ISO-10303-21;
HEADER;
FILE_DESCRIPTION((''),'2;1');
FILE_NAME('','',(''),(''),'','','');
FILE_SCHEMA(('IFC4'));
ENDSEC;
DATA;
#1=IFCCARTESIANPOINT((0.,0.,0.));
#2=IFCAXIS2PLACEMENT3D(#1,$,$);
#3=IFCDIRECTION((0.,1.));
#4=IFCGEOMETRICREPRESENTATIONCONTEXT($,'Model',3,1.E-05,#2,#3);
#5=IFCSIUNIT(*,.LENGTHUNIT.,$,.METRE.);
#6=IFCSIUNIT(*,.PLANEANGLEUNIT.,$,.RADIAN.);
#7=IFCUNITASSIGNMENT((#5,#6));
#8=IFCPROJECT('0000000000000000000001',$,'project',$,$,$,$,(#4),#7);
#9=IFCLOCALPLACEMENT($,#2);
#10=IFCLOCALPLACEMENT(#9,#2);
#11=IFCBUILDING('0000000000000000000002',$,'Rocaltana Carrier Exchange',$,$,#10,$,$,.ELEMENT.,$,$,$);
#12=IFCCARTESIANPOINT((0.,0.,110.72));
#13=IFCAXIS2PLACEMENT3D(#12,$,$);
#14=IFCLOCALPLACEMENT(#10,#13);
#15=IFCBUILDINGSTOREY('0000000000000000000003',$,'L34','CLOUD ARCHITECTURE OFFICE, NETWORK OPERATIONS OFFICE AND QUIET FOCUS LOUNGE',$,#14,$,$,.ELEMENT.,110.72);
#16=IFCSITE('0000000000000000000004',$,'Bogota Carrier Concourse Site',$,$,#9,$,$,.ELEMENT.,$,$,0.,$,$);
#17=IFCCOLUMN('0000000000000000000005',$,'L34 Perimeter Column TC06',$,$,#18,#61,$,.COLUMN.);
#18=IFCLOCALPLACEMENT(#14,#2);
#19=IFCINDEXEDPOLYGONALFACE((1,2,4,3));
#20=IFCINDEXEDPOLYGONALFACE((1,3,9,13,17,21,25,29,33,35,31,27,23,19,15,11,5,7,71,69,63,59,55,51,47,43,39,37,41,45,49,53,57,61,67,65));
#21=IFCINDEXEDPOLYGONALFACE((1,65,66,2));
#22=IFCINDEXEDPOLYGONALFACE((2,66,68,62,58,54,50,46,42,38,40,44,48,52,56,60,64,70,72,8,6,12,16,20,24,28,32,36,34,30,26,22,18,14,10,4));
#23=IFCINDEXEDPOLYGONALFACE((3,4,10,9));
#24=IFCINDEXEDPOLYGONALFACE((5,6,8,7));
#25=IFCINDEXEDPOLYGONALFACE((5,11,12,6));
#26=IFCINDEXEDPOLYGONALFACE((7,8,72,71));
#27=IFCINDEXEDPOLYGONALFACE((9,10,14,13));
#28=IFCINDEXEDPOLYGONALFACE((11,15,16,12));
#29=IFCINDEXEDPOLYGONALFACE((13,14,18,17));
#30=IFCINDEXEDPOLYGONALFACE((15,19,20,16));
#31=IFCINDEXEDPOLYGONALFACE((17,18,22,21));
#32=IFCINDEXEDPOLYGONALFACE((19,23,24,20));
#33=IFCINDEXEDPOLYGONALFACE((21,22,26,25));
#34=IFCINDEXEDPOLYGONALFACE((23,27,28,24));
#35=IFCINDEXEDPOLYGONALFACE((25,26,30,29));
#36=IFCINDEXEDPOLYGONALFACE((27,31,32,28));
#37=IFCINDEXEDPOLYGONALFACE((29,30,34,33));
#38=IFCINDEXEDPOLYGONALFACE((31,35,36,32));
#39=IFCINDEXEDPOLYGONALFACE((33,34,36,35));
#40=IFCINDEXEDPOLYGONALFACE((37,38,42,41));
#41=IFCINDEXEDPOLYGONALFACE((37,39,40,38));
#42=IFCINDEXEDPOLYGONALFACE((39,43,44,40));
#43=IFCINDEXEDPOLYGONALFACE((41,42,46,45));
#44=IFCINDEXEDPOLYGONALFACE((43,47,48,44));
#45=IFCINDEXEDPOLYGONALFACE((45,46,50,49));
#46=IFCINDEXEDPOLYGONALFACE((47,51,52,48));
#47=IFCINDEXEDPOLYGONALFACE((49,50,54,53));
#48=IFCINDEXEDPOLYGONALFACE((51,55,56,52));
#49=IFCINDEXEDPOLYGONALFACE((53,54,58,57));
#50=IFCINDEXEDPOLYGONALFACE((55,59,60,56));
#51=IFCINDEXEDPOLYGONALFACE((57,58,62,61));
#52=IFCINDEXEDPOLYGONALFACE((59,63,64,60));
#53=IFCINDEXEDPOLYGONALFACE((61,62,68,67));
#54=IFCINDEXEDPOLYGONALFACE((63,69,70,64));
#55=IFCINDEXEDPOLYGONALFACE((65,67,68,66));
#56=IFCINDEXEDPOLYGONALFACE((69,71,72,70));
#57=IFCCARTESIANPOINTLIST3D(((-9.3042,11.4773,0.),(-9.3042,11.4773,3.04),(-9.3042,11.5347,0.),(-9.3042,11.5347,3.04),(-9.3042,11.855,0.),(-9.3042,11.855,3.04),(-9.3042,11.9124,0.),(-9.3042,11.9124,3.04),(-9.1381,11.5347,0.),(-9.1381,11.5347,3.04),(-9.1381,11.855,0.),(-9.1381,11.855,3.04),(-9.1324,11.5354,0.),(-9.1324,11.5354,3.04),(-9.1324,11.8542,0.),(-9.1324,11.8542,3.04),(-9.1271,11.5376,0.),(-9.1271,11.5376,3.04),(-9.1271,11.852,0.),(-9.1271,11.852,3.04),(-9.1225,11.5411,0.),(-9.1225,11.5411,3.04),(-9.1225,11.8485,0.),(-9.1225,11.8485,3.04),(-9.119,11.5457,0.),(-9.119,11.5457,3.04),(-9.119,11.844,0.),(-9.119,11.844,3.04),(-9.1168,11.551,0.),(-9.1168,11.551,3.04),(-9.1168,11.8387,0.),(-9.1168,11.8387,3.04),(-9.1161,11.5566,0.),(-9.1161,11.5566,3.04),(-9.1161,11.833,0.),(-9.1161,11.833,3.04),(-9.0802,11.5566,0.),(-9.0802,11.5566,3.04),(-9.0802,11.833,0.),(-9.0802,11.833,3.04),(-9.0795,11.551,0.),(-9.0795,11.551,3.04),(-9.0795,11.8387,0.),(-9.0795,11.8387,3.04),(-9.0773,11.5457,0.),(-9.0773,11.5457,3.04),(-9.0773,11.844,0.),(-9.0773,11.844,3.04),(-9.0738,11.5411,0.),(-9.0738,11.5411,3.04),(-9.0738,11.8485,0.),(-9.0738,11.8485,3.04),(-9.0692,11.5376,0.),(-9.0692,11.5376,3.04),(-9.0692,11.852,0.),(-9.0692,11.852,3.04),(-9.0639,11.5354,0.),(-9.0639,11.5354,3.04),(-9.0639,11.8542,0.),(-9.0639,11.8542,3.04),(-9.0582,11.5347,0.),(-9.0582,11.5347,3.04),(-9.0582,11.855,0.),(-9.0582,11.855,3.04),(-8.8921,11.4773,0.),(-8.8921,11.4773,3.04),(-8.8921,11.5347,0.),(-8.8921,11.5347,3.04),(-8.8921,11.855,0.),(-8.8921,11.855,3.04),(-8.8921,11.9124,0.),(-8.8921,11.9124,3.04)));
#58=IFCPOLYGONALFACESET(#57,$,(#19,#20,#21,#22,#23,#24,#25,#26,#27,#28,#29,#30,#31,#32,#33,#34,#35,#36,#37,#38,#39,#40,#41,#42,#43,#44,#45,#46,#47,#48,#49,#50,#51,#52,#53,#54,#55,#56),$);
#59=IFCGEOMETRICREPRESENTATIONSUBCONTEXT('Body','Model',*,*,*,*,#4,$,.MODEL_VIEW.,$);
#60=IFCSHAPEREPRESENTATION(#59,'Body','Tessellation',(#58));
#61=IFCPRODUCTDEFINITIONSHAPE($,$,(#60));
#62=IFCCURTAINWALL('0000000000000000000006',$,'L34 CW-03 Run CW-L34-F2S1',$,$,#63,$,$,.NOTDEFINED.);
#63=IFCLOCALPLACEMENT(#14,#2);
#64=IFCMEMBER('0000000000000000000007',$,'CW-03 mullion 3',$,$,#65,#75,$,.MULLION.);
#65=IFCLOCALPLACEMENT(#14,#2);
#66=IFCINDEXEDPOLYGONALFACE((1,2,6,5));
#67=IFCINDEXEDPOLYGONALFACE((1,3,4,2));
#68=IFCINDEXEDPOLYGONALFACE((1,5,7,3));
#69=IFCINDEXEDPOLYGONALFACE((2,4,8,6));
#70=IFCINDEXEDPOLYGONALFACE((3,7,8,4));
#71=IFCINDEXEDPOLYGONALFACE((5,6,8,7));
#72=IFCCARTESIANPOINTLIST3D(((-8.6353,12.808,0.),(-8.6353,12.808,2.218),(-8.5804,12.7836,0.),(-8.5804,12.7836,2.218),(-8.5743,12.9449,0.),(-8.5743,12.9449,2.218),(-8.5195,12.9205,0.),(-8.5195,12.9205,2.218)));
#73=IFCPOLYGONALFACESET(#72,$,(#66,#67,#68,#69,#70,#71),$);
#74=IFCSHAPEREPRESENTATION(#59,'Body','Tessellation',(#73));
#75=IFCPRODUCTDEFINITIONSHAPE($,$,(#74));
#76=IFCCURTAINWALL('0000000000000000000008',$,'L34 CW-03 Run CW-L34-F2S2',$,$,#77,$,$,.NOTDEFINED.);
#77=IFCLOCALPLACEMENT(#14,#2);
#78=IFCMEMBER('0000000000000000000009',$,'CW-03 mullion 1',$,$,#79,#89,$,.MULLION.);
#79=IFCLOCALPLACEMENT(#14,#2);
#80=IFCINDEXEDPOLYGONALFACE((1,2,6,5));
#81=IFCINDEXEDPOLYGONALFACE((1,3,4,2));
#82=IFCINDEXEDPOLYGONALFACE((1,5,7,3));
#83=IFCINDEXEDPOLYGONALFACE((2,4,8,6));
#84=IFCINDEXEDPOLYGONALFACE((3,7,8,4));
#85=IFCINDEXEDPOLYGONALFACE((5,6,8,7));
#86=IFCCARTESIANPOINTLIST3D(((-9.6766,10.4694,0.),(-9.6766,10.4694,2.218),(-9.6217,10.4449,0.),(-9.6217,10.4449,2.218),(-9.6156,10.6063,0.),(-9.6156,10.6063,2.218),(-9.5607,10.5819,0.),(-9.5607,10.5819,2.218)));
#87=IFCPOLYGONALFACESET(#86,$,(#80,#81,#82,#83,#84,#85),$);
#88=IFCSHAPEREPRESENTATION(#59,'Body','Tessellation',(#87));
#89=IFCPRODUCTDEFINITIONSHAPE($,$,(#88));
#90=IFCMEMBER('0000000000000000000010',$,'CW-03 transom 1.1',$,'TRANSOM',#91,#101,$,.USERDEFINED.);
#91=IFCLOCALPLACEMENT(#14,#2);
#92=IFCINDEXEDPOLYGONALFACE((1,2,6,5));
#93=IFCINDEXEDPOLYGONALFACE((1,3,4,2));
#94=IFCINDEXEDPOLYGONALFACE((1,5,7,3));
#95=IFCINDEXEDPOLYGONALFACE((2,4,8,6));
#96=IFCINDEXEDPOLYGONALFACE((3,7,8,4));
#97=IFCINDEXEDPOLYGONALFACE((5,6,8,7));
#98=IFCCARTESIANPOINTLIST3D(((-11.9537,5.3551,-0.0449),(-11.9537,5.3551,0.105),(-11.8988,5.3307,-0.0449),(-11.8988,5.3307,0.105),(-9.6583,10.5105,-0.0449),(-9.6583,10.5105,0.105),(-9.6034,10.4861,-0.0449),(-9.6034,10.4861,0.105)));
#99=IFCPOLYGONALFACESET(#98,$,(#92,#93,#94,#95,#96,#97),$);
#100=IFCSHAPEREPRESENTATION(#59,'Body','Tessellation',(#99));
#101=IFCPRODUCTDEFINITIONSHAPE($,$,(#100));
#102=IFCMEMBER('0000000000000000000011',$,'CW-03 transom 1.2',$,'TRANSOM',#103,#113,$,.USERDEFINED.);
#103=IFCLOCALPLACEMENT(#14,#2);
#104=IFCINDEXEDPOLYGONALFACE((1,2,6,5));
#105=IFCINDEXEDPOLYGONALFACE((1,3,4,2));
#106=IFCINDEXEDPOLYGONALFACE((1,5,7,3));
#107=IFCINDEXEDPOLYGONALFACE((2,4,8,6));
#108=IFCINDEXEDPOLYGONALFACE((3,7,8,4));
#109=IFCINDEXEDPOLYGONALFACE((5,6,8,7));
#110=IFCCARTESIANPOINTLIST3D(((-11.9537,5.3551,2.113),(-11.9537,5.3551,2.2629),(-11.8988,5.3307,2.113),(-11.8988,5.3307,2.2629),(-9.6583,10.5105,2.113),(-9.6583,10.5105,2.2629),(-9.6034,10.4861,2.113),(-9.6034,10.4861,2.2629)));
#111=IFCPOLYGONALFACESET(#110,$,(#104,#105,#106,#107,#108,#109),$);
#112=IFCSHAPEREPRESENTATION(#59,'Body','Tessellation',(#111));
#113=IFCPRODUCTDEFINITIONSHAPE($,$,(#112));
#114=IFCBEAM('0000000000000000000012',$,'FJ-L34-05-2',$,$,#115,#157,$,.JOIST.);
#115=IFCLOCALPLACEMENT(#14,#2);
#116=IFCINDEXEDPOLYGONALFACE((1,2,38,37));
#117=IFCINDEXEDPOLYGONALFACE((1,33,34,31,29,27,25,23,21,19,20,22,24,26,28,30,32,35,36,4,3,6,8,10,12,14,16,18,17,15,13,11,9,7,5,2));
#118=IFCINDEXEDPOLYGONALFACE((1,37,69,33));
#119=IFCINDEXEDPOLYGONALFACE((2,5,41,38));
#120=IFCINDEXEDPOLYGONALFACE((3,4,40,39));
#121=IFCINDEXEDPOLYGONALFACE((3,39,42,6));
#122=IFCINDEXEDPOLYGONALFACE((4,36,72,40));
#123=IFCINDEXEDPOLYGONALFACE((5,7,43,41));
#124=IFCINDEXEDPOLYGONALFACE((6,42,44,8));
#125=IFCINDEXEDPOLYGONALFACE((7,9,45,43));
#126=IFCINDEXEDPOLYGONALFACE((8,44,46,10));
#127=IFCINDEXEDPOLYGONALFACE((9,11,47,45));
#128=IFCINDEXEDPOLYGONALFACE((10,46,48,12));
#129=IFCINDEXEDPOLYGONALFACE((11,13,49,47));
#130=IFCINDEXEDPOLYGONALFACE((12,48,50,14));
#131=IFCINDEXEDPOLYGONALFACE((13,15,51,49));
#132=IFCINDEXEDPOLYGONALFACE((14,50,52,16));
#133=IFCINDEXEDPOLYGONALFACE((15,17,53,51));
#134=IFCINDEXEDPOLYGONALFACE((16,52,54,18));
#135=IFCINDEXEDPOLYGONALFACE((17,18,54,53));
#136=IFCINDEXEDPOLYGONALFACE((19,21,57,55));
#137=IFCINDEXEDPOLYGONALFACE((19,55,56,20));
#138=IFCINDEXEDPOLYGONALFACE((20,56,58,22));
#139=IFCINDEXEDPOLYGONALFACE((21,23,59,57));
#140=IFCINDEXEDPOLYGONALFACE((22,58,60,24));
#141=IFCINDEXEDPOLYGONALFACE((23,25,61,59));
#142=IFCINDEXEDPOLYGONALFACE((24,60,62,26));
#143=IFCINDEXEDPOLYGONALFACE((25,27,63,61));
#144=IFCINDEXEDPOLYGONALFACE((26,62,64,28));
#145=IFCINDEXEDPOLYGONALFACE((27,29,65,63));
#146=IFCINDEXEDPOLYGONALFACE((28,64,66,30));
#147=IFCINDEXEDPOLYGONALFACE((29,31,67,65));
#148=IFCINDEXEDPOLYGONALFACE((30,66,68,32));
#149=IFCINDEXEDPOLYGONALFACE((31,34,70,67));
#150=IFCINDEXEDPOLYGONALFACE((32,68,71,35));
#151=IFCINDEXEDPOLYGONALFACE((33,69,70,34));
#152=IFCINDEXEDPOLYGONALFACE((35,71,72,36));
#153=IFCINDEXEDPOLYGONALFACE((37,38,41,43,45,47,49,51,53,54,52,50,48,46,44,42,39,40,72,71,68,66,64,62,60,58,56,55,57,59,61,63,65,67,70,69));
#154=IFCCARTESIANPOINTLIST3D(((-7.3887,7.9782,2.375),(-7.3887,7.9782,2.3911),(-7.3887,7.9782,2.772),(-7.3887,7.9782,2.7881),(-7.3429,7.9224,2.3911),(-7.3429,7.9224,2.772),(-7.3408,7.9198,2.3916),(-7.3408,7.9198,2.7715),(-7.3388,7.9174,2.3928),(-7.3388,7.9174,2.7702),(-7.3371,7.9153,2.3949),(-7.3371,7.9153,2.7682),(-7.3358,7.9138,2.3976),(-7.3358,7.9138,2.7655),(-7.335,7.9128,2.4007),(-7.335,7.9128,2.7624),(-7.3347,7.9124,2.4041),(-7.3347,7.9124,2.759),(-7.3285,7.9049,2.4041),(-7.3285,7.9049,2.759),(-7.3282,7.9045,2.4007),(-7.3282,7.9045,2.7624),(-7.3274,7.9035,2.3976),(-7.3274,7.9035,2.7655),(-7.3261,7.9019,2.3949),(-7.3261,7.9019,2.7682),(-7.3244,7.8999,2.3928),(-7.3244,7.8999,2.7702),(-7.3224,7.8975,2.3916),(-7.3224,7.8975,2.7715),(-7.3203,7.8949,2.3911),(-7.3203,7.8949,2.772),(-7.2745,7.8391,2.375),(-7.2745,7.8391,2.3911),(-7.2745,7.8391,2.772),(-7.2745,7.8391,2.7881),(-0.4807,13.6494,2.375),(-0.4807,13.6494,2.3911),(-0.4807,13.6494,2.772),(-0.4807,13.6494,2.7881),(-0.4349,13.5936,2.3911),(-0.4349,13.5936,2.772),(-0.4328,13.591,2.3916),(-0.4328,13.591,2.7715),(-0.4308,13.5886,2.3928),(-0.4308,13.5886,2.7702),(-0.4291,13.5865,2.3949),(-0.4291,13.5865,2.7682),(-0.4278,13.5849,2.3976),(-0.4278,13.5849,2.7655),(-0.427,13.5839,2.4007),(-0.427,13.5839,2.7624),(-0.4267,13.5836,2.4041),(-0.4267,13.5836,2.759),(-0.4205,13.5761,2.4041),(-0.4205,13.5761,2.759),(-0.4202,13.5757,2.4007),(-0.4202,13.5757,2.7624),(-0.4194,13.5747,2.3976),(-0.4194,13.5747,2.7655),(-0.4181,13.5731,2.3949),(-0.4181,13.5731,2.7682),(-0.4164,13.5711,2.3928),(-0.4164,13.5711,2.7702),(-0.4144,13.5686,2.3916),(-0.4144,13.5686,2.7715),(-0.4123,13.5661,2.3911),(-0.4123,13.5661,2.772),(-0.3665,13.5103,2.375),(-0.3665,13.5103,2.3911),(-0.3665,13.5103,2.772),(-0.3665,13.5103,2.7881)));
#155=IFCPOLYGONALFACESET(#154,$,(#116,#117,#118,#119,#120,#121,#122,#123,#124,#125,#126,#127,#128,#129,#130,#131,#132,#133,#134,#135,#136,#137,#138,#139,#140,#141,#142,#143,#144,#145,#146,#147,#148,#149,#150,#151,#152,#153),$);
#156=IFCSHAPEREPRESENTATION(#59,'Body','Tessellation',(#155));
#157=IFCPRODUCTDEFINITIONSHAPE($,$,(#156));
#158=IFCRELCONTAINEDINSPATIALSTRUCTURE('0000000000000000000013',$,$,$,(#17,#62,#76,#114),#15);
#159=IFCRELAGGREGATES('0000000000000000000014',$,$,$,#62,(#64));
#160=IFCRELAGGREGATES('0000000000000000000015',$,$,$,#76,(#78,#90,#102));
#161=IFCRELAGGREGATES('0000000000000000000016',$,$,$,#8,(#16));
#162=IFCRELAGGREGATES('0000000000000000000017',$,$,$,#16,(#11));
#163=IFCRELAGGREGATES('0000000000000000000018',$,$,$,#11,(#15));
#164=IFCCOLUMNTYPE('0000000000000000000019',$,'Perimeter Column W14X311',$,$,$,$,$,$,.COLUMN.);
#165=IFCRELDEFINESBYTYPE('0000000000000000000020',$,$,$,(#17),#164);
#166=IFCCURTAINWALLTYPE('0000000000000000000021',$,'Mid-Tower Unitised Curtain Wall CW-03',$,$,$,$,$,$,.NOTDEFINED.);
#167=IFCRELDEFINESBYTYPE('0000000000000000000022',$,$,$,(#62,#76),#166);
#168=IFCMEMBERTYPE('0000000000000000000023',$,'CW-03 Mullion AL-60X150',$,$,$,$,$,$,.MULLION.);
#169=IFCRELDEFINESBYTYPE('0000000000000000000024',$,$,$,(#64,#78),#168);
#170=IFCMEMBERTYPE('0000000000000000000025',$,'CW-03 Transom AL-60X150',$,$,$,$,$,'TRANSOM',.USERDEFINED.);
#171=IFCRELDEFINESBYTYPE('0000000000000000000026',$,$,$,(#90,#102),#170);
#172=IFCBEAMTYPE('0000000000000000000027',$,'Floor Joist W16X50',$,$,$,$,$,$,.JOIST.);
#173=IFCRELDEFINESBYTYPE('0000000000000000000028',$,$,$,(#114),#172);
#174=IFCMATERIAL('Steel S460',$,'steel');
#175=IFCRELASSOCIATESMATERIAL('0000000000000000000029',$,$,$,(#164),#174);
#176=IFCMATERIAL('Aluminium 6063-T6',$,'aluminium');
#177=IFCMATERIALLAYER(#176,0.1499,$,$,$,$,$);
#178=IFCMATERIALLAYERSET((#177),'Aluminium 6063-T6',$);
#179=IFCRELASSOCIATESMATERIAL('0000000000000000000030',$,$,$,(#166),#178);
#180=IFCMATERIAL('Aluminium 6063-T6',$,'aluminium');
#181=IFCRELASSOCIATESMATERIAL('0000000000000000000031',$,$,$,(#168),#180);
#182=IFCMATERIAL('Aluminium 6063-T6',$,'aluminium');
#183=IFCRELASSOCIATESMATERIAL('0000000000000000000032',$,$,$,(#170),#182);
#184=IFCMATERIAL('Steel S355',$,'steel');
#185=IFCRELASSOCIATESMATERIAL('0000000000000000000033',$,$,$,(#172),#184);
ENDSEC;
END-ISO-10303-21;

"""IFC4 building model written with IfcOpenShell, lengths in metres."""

from ifc_helpers import new_model, si_unit, direction, frame, origin, origin_2d, place, context, subcontext, project, spatial, rectangle, i_section, extrude, material, layer, layer_set, material_profile, profile_set, type_object, element, aggregate, save


model = new_model("IFC4")

# Units and contexts
model_context = context("Model", 3, precision=1e-05, world=origin(), true_north=direction((0.0, 1.0)))
body_context = subcontext(model_context, "Body", "Model", "MODEL_VIEW")
ifc_project = project(units=[si_unit("LENGTHUNIT", "METRE"), si_unit("PLANEANGLEUNIT", "RADIAN")], contexts=[model_context])

# Site, building, storey
site_placement = place(None, origin())
site = spatial("IfcSite", under=ifc_project, at=site_placement, Name="Bogota Carrier Concourse Site", CompositionType="ELEMENT", RefElevation=0.0)
building_placement = place(site_placement, origin())
building = spatial("IfcBuilding", under=site, at=building_placement, Name="Rocaltana Carrier Exchange", CompositionType="ELEMENT")
storey_placement = place(building_placement, frame((0.0, 0.0, 110.72)))
storey = spatial("IfcBuildingStorey", under=building, at=storey_placement, Name="L34", Description="CLOUD ARCHITECTURE OFFICE, NETWORK OPERATIONS OFFICE AND QUIET FOCUS LOUNGE", CompositionType="ELEMENT", Elevation=110.72)

# Column
ifc_material_1 = material(Name="Steel S460", Category="steel")
ifc_material_profile_1 = material_profile(ifc_material_1, i_section(OverallWidth=0.4121, OverallDepth=0.4351, WebThickness=0.0359, FlangeThickness=0.0574, FilletRadius=0.022, at=origin_2d()), Name="W14X311")
ifc_profile_set_1 = profile_set([ifc_material_profile_1], Name="Steel S460")
column_type = type_object("IfcColumnType", Name="Perimeter Column W14X311", PredefinedType="COLUMN", material=ifc_profile_set_1)
column_placement = place(storey_placement, frame((-9.0981, 11.6948, 0.0), z_axis=(0.0, 0.0, 1.0), x_axis=(1.0, 0.0, 0.0)))
element("IfcColumn", 1, at=column_placement, inside=storey, type_object=column_type, Name="L34 Perimeter Column TC06", PredefinedType="COLUMN", context=body_context, shape_type="SweptSolid", body=[
    extrude(i_section(OverallWidth=0.4121, OverallDepth=0.4351, WebThickness=0.0359, FlangeThickness=0.0574, FilletRadius=0.022, at=origin_2d()), origin(), (0.0, 0.0, 1.0), 3.04),
])

# Curtain wall, member
ifc_material_2 = material(Name="Aluminium 6063-T6", Category="aluminium")
ifc_layer_1 = layer(ifc_material_2, 0.1499)
ifc_layer_set_1 = layer_set([ifc_layer_1], Name="Aluminium 6063-T6")
curtain_wall_type = type_object("IfcCurtainWallType", Name="Mid-Tower Unitised Curtain Wall CW-03", PredefinedType="NOTDEFINED", material=ifc_layer_set_1)
curtain_wall_1_placement = place(storey_placement, origin())
curtain_wall_1 = element("IfcCurtainWall", 2, at=curtain_wall_1_placement, inside=storey, type_object=curtain_wall_type, Name="L34 CW-03 Run CW-L34-F2S1", PredefinedType="NOTDEFINED")
ifc_material_3 = material(Name="Aluminium 6063-T6", Category="aluminium")
ifc_material_profile_2 = material_profile(ifc_material_3, rectangle(XDim=0.0601, YDim=0.1499, at=origin_2d()), Name="AL-60X150")
ifc_profile_set_2 = profile_set([ifc_material_profile_2], Name="Aluminium 6063-T6")
member_type_1 = type_object("IfcMemberType", Name="CW-03 Mullion AL-60X150", PredefinedType="MULLION", material=ifc_profile_set_2)
member_1_placement = place(storey_placement, frame((-8.5774, 12.8643, 0.0), z_axis=(0.0, 0.0, 1.0), x_axis=(0.913544, -0.40674, 0.0)))
member_1 = element("IfcMember", 3, at=member_1_placement, type_object=member_type_1, Name="CW-03 mullion 3", PredefinedType="MULLION", context=body_context, shape_type="SweptSolid", body=[
    extrude(rectangle(XDim=0.0601, YDim=0.1499, at=origin_2d()), origin(), (0.0, 0.0, 1.0), 2.218),
])
aggregate(curtain_wall_1, [member_1])

# Curtain wall, members
curtain_wall_2_placement = place(storey_placement, origin())
curtain_wall_2 = element("IfcCurtainWall", 4, at=curtain_wall_2_placement, inside=storey, type_object=curtain_wall_type, Name="L34 CW-03 Run CW-L34-F2S2", PredefinedType="NOTDEFINED")
member_2_placement = place(storey_placement, frame((-9.6187, 10.5256, 0.0), z_axis=(0.0, 0.0, 1.0), x_axis=(0.913542, -0.406744, 0.0)))
member_2 = element("IfcMember", 5, at=member_2_placement, type_object=member_type_1, Name="CW-03 mullion 1", PredefinedType="MULLION", context=body_context, shape_type="SweptSolid", body=[
    extrude(rectangle(XDim=0.0601, YDim=0.1499, at=origin_2d()), origin(), (0.0, 0.0, 1.0), 2.218),
])
ifc_material_4 = material(Name="Aluminium 6063-T6", Category="aluminium")
ifc_material_profile_3 = material_profile(ifc_material_4, rectangle(XDim=0.0601, YDim=0.1499, at=origin_2d()), Name="AL-60X150")
ifc_profile_set_3 = profile_set([ifc_material_profile_3], Name="Aluminium 6063-T6")
member_type_2 = type_object("IfcMemberType", Name="CW-03 Transom AL-60X150", ElementType="TRANSOM", PredefinedType="USERDEFINED", material=ifc_profile_set_3)
member_3_placement = place(storey_placement, frame((-9.6309, 10.4983, 0.03), z_axis=(-0.40674, -0.913544, 0.0), x_axis=(0.913544, -0.40674, 0.0)))
member_3 = element("IfcMember", 6, at=member_3_placement, type_object=member_type_2, Name="CW-03 transom 1.1", ObjectType="TRANSOM", PredefinedType="USERDEFINED", context=body_context, shape_type="SweptSolid", body=[
    extrude(rectangle(XDim=0.0601, YDim=0.1499, at=origin_2d()), origin(), (0.0, 0.0, 1.0), 5.6433),
])
member_4_placement = place(storey_placement, frame((-9.6309, 10.4983, 2.188), z_axis=(-0.40674, -0.913544, 0.0), x_axis=(0.913544, -0.40674, 0.0)))
member_4 = element("IfcMember", 7, at=member_4_placement, type_object=member_type_2, Name="CW-03 transom 1.2", ObjectType="TRANSOM", PredefinedType="USERDEFINED", context=body_context, shape_type="SweptSolid", body=[
    extrude(rectangle(XDim=0.0601, YDim=0.1499, at=origin_2d()), origin(), (0.0, 0.0, 1.0), 5.6433),
])

# Beam
ifc_material_5 = material(Name="Steel S355", Category="steel")
ifc_material_profile_4 = material_profile(ifc_material_5, i_section(OverallWidth=0.1799, OverallDepth=0.4131, WebThickness=0.0098, FlangeThickness=0.0161, FilletRadius=0.0129, at=origin_2d()), Name="W16X50")
ifc_profile_set_4 = profile_set([ifc_material_profile_4], Name="Steel S355")
beam_type_1 = type_object("IfcBeamType", Name="Floor Joist W16X50", PredefinedType="JOIST", material=ifc_profile_set_4)
beam_1_placement = place(storey_placement, frame((-0.4236, 13.5798, 2.5815), z_axis=(-0.772905, -0.634522, 0.0), x_axis=(0.634522, -0.772905, 0.0)))
element("IfcBeam", 8, at=beam_1_placement, inside=storey, type_object=beam_type_1, Name="FJ-L34-05-2", PredefinedType="JOIST", context=body_context, shape_type="SweptSolid", body=[
    extrude(i_section(OverallWidth=0.1799, OverallDepth=0.4131, WebThickness=0.0098, FlangeThickness=0.0161, FilletRadius=0.0129, at=origin_2d()), origin(), (0.0, 0.0, 1.0), 8.9377),
])

aggregate(curtain_wall_2, [member_2, member_3, member_4])

save(model, "model.ifc")
